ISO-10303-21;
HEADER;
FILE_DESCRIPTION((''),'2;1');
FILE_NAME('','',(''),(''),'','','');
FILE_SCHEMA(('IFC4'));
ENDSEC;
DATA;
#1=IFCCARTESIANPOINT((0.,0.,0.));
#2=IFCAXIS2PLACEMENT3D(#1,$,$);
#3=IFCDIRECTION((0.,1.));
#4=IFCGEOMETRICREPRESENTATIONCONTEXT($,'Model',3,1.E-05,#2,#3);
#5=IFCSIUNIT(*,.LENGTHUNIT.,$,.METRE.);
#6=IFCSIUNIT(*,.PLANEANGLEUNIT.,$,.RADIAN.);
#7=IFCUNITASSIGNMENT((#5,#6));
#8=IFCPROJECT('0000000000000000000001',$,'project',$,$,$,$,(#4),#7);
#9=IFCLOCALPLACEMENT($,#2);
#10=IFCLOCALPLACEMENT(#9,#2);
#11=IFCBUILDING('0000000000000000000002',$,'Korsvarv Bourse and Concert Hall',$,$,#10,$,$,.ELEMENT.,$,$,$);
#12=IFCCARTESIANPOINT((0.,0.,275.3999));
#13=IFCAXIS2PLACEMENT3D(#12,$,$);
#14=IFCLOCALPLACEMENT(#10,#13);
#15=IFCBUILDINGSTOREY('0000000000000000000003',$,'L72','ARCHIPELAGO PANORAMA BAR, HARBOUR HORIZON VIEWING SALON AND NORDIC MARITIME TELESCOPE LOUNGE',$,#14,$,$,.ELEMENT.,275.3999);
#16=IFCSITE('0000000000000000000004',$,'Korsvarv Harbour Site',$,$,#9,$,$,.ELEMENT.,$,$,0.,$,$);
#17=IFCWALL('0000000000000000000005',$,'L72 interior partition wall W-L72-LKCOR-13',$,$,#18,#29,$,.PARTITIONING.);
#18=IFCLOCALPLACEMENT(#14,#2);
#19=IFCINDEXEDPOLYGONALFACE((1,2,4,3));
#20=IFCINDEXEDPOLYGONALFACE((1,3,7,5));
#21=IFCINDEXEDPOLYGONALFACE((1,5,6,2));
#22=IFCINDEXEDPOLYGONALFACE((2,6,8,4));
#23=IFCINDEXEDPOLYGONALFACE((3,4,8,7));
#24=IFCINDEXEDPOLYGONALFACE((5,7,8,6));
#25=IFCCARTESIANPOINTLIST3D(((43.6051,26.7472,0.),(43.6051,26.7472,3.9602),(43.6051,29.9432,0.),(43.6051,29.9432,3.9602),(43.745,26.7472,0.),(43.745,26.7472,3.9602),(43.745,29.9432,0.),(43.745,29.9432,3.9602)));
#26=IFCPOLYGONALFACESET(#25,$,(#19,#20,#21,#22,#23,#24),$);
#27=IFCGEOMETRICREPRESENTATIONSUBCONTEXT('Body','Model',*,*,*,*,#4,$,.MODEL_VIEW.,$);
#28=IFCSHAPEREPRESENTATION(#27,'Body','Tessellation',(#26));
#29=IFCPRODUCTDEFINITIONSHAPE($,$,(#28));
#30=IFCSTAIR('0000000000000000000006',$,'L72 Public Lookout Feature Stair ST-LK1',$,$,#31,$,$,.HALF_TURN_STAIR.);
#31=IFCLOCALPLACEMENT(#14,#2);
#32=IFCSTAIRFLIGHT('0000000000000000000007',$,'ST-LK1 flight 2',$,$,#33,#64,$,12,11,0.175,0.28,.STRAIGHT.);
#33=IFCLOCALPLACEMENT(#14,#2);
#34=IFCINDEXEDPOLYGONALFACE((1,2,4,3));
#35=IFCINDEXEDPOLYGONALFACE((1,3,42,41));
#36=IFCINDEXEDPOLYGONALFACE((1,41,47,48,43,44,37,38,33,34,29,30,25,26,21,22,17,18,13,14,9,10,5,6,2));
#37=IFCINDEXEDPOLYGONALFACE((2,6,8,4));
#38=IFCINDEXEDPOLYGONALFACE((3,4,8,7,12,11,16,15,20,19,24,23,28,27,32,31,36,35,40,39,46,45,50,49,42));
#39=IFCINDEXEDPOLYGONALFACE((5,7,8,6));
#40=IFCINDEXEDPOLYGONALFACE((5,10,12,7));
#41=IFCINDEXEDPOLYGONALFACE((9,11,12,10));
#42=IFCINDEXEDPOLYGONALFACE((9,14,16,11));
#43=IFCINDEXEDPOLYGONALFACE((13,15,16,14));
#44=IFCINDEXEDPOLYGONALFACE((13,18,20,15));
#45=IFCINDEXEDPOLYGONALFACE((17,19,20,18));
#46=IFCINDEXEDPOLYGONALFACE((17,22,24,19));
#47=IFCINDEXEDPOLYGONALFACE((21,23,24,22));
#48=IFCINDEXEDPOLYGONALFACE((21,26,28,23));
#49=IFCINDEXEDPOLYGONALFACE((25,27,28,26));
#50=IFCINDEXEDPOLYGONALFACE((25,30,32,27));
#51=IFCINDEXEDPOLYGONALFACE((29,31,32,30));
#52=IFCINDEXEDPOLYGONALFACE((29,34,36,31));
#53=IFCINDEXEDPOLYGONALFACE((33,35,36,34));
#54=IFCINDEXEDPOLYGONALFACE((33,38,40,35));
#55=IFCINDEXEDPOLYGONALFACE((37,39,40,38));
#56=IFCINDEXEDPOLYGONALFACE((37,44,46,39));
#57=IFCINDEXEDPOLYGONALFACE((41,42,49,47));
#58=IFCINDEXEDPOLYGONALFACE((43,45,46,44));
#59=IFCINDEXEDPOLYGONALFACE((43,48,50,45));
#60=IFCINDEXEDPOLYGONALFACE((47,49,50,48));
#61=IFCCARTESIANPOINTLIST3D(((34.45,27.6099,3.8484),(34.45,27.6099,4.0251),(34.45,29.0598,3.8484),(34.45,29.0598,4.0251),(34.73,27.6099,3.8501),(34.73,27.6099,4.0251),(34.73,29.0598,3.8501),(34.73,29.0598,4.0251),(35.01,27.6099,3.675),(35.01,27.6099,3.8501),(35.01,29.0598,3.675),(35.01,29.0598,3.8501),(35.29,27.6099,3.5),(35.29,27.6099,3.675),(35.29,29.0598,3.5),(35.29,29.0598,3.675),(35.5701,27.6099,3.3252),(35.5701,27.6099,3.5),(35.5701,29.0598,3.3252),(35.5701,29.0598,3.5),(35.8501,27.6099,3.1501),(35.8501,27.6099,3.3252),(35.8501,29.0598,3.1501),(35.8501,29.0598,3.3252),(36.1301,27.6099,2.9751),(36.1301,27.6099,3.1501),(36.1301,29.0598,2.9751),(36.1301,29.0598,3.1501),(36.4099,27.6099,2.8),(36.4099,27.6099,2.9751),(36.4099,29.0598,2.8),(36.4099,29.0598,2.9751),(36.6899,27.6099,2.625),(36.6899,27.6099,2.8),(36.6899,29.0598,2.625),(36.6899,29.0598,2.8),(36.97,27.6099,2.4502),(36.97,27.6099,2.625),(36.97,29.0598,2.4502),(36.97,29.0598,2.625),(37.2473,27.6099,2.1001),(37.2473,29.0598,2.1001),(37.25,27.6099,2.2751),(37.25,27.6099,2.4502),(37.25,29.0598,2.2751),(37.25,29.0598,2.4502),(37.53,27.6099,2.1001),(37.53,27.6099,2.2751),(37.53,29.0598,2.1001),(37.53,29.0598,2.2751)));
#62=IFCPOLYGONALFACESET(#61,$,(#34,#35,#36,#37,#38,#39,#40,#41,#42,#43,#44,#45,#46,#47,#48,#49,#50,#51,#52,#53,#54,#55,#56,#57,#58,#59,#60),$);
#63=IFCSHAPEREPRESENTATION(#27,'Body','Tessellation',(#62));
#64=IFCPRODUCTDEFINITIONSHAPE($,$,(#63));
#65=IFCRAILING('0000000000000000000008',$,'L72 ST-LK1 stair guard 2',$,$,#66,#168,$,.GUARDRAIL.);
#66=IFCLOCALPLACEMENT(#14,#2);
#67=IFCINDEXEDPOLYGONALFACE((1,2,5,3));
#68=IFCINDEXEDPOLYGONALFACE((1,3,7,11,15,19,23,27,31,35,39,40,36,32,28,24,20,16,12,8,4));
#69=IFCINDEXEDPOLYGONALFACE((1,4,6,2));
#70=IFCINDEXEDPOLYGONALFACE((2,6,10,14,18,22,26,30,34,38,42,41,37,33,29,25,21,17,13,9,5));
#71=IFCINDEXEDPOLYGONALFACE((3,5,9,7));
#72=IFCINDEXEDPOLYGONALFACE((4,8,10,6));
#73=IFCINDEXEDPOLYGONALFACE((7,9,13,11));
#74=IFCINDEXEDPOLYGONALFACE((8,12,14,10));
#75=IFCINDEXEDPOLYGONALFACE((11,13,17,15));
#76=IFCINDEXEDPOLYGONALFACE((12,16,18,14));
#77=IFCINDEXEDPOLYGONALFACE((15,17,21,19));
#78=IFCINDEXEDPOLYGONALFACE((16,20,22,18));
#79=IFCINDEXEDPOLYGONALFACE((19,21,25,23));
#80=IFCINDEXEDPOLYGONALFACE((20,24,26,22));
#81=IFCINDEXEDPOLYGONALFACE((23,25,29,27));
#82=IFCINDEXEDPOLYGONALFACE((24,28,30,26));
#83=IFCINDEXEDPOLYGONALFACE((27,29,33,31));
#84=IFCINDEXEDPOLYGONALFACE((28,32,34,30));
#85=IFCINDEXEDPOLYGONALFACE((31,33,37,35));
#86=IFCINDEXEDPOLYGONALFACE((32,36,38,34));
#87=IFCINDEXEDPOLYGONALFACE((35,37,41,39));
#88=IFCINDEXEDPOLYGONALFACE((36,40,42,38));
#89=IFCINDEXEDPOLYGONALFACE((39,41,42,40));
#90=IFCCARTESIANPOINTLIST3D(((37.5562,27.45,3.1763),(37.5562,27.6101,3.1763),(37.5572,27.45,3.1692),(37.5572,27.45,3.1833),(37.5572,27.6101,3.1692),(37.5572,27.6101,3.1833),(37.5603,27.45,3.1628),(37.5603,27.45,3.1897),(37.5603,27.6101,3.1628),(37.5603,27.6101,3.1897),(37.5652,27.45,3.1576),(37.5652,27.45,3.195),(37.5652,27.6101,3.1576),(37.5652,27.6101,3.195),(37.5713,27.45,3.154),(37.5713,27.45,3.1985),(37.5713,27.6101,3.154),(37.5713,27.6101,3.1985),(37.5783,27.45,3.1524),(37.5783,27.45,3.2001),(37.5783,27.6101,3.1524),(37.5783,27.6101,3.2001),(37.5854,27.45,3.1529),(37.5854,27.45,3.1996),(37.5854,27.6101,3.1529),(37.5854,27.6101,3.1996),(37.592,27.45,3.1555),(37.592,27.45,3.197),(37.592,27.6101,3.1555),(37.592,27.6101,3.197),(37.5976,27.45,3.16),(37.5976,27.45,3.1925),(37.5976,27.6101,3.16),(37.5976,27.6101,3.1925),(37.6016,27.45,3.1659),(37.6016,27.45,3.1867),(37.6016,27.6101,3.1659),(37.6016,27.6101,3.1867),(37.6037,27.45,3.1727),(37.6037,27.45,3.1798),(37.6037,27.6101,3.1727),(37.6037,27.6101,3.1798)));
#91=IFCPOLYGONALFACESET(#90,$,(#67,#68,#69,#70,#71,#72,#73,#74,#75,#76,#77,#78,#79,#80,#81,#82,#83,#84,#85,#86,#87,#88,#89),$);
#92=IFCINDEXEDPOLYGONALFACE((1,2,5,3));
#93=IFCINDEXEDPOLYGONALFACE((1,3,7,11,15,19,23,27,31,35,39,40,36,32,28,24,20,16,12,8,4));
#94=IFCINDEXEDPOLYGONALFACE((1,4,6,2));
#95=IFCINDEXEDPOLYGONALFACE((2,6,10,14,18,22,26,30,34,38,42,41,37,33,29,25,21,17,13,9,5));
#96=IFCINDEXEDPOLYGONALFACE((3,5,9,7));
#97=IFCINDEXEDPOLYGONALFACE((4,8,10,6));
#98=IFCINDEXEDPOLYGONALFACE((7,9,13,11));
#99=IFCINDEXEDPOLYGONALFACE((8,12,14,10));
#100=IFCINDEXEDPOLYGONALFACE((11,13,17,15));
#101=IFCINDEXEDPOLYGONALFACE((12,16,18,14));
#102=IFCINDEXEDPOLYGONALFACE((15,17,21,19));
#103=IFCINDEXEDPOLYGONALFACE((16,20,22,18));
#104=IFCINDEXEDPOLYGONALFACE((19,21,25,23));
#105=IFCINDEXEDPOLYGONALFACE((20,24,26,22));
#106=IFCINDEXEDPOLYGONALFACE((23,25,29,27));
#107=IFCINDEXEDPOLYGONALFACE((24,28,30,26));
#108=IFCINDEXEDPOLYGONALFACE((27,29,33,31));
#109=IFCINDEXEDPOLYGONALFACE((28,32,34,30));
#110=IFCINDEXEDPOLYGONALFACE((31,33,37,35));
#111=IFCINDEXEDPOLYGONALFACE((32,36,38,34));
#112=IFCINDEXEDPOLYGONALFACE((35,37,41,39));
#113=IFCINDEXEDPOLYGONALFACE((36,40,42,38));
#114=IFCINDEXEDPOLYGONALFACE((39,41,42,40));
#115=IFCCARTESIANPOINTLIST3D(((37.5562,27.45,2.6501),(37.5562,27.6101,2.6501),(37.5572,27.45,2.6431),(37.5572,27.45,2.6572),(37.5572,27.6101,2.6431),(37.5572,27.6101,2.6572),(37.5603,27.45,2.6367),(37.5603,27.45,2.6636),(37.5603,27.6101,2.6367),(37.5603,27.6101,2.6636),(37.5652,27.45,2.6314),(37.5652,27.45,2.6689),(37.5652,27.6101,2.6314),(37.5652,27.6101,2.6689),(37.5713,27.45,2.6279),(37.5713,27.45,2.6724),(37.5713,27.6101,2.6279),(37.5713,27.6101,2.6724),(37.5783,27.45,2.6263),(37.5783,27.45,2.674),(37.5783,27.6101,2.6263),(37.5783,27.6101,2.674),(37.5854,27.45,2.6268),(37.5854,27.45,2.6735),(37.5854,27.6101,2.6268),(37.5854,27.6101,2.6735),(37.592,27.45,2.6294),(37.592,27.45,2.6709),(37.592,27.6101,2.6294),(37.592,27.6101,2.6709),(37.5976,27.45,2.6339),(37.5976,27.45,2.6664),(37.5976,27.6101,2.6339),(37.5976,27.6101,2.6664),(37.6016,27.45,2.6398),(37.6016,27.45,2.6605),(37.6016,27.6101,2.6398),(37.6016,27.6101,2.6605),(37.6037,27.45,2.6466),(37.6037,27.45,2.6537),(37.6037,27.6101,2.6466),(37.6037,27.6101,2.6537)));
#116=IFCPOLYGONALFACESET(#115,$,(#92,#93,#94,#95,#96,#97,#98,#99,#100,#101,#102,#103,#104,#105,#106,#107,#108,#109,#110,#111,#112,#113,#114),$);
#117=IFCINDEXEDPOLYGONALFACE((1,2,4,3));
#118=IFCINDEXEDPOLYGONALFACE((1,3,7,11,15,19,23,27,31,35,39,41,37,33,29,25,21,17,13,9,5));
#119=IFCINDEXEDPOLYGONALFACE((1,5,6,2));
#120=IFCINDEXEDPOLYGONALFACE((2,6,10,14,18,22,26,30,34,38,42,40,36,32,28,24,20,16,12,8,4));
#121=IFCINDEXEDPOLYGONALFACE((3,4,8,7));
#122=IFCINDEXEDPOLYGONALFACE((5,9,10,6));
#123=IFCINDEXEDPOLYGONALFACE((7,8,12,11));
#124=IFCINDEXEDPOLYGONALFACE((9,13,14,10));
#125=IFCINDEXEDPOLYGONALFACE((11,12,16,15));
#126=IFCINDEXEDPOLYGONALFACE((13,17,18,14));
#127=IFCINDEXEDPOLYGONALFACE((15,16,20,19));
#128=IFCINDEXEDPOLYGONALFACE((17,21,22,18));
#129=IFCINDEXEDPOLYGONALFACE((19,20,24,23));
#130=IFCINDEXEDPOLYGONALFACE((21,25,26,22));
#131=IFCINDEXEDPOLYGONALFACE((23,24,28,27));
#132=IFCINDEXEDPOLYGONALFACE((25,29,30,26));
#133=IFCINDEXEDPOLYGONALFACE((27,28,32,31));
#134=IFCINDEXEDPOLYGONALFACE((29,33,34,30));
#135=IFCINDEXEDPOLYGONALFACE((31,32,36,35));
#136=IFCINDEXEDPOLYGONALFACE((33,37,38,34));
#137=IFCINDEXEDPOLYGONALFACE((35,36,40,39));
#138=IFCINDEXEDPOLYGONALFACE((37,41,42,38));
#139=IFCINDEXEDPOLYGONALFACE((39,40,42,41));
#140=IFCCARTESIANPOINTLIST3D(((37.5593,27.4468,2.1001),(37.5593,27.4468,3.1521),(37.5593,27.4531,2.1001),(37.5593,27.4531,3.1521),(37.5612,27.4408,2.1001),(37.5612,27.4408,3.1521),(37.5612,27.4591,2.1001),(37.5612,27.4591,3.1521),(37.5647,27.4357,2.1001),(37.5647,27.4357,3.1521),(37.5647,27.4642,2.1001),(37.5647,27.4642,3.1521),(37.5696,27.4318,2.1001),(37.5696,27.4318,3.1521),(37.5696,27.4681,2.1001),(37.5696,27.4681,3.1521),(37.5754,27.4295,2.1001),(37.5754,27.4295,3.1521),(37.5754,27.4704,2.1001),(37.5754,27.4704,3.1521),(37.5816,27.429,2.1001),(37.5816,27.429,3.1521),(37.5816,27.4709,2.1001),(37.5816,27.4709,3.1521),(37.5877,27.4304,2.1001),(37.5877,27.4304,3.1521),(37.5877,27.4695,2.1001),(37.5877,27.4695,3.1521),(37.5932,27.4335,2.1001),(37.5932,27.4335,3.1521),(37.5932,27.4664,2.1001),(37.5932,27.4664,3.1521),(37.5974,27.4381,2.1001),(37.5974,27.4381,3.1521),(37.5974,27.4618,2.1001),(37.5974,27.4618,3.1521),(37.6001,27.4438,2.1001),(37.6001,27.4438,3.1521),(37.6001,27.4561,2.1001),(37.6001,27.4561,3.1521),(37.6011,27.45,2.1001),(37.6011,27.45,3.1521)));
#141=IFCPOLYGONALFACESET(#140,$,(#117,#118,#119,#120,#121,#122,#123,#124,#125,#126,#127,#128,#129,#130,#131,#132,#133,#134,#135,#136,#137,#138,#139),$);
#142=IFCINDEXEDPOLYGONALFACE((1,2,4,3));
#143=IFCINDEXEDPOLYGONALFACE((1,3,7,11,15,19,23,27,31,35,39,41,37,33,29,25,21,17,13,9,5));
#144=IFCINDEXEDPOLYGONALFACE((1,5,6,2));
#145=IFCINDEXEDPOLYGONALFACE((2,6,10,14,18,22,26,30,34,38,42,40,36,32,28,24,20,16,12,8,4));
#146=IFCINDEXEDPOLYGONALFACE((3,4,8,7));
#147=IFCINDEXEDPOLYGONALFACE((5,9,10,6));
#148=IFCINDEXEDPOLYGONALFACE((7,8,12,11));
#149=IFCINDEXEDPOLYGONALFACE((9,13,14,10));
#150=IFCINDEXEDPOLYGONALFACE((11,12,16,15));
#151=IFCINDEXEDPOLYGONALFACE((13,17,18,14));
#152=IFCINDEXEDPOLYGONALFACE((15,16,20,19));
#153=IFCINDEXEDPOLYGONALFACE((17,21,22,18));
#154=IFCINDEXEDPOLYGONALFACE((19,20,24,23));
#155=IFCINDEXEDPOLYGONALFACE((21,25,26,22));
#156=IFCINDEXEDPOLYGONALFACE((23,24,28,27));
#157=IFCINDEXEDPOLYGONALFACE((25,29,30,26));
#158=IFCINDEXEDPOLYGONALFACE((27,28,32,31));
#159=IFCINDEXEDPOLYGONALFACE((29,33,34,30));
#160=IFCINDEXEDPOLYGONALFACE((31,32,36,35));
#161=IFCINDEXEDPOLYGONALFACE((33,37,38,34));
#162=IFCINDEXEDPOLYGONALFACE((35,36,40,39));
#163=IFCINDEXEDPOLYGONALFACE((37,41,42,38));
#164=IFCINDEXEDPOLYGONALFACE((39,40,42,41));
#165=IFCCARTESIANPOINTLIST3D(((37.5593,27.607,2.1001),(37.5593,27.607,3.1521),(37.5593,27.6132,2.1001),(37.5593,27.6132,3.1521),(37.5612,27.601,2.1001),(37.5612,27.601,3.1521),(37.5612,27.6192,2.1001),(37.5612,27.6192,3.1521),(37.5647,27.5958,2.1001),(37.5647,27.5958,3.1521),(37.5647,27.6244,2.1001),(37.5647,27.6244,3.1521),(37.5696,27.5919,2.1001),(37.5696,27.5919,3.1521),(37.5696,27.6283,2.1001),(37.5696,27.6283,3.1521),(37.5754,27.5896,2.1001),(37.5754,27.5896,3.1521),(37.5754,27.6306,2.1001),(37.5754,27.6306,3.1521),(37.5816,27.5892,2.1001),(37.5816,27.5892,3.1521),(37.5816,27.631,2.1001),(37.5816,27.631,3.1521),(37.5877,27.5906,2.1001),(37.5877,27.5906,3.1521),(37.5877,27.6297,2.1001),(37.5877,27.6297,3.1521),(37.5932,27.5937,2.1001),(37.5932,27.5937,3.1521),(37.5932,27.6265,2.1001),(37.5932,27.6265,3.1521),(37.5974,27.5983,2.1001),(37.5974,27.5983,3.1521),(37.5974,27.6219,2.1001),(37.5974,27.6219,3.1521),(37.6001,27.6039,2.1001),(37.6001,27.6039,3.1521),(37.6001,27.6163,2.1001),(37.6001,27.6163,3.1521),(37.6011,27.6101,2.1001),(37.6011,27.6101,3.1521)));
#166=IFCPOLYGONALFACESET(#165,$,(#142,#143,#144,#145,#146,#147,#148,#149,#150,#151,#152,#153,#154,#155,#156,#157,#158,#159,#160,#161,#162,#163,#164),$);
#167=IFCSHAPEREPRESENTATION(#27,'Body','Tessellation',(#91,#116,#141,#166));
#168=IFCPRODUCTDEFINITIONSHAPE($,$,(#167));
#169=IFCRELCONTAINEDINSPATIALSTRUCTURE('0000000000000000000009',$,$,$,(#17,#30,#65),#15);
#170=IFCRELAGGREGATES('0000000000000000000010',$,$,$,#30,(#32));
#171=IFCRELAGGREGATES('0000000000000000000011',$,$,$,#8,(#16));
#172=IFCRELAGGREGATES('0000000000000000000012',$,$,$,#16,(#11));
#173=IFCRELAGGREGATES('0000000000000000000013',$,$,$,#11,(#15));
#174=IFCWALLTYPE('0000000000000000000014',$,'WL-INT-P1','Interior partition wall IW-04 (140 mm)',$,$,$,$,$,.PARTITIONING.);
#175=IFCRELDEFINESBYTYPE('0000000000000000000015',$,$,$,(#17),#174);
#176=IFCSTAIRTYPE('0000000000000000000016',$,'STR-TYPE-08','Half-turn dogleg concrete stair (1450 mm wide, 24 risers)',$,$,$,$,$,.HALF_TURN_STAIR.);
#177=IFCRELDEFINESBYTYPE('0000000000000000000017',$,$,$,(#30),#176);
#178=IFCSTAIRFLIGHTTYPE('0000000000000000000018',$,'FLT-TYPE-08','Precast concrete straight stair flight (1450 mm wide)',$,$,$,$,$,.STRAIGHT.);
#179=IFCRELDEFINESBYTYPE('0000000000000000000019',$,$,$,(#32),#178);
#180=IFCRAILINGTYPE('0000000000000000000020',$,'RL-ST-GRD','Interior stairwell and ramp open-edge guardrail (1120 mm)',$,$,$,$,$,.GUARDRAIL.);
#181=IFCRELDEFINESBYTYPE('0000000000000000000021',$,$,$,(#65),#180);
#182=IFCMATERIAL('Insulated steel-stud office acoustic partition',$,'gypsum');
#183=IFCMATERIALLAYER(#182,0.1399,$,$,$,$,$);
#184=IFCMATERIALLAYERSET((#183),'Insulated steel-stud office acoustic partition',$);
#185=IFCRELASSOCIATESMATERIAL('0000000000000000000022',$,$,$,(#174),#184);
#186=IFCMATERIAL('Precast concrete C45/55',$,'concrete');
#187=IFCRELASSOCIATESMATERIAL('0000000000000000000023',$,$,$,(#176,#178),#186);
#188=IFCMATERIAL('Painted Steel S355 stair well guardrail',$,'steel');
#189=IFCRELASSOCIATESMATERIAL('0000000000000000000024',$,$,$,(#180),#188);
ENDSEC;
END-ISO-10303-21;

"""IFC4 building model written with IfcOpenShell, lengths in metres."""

from ifc_helpers import new_model, si_unit, direction, frame, frame_2d, origin, origin_2d, place, context, subcontext, project, spatial, polyline, rectangle, circle, outline, extrude, material, layer, layer_set, type_object, element, aggregate, save


model = new_model("IFC4")

# Units and contexts
model_context = context("Model", 3, precision=1e-05, world=origin(), true_north=direction((0.0, 1.0)))
body_context = subcontext(model_context, "Body", "Model", "MODEL_VIEW")
ifc_project = project(units=[si_unit("LENGTHUNIT", "METRE"), si_unit("PLANEANGLEUNIT", "RADIAN")], contexts=[model_context])

# Site, building, storey
site_placement = place(None, origin())
site = spatial("IfcSite", under=ifc_project, at=site_placement, Name="Korsvarv Harbour Site", CompositionType="ELEMENT", RefElevation=0.0)
building_placement = place(site_placement, origin())
building = spatial("IfcBuilding", under=site, at=building_placement, Name="Korsvarv Bourse and Concert Hall", CompositionType="ELEMENT")
storey_placement = place(building_placement, frame((0.0, 0.0, 275.3999)))
storey = spatial("IfcBuildingStorey", under=building, at=storey_placement, Name="L72", Description="ARCHIPELAGO PANORAMA BAR, HARBOUR HORIZON VIEWING SALON AND NORDIC MARITIME TELESCOPE LOUNGE", CompositionType="ELEMENT", Elevation=275.3999)

# Wall
ifc_material_1 = material(Name="Insulated steel-stud office acoustic partition", Category="gypsum")
ifc_layer_1 = layer(ifc_material_1, 0.1399)
ifc_layer_set_1 = layer_set([ifc_layer_1], Name="Insulated steel-stud office acoustic partition")
wall_type_1 = type_object("IfcWallType", Name="WL-INT-P1", Description="Interior partition wall IW-04 (140 mm)", PredefinedType="PARTITIONING", material=ifc_layer_set_1)
wall_1_placement = place(storey_placement, frame((43.675, 26.7471, 0.0), z_axis=(0.0, 0.0, 1.0), x_axis=(0.0, 1.0, 0.0)))
element("IfcWall", 1, at=wall_1_placement, inside=storey, type_object=wall_type_1, Name="L72 interior partition wall W-L72-LKCOR-13", PredefinedType="PARTITIONING", context=body_context, shape_type="SweptSolid", body=[
    extrude(rectangle(XDim=3.196, YDim=0.1399, at=frame_2d((1.5981, 0.0))), origin(), (0.0, 0.0, 1.0), 3.9602),
])

# Stair, stair flight
ifc_material_2 = material(Name="Precast concrete C45/55", Category="concrete")
stair_type = type_object("IfcStairType", Name="STR-TYPE-08", Description="Half-turn dogleg concrete stair (1450 mm wide, 24 risers)", PredefinedType="HALF_TURN_STAIR", material=ifc_material_2)
stair_placement = place(storey_placement, origin())
stair = element("IfcStair", 2, at=stair_placement, inside=storey, type_object=stair_type, Name="L72 Public Lookout Feature Stair ST-LK1", PredefinedType="HALF_TURN_STAIR")
stair_flight_type = type_object("IfcStairFlightType", Name="FLT-TYPE-08", Description="Precast concrete straight stair flight (1450 mm wide)", PredefinedType="STRAIGHT", material=ifc_material_2)
stair_flight_placement = place(storey_placement, frame((37.53, 28.335, 2.1001), z_axis=(0.0, 0.0, 1.0), x_axis=(-1.0, 0.0, 0.0)))
stair_flight = element("IfcStairFlight", 3, at=stair_flight_placement, type_object=stair_flight_type, Name="ST-LK1 flight 2", NumberOfRisers=12, NumberOfTreads=11, PredefinedType="STRAIGHT", RiserHeight=0.175, TreadLength=0.28, context=body_context, shape_type="SweptSolid", body=[
    extrude(outline(polyline([(0.0, 0.0), (0.0, 0.175), (0.28, 0.175), (0.28, 0.3501), (0.5601, 0.3501), (0.5601, 0.5249), (0.8401, 0.5249), (0.8401, 0.7), (1.1201, 0.7), (1.1201, 0.875), (1.3999, 0.875), (1.3999, 1.05), (1.6799, 1.05), (1.6799, 1.2251), (1.96, 1.2251), (1.96, 1.3999), (2.24, 1.3999), (2.24, 1.575), (2.52, 1.575), (2.52, 1.75), (2.8, 1.75), (2.8, 1.925), (3.0801, 1.925), (3.0801, 2.1001), (3.0801, 1.7483), (0.2827, 0.0), (0.0, 0.0)])), frame((0.0, 0.7251, 0.0), z_axis=(0.0, -1.0, 0.0), x_axis=(1.0, 0.0, 0.0)), (0.0, 0.0, 1.0), 1.45),
])
aggregate(stair, [stair_flight])

# Railing
ifc_material_3 = material(Name="Painted Steel S355 stair well guardrail", Category="steel")
railing_type_1 = type_object("IfcRailingType", Name="RL-ST-GRD", Description="Interior stairwell and ramp open-edge guardrail (1120 mm)", PredefinedType="GUARDRAIL", material=ifc_material_3)
railing_1_placement = place(storey_placement, frame((37.5801, 27.45, 2.1001)))
element("IfcRailing", 4, at=railing_1_placement, inside=storey, type_object=railing_type_1, Name="L72 ST-LK1 stair guard 2", PredefinedType="GUARDRAIL", context=body_context, shape_type="SweptSolid", body=[
    extrude(circle(Radius=0.0239, at=origin_2d()), frame((0.0, 0.0, 1.0762), z_axis=(0.0, 1.0, 0.0), x_axis=(-1.0, 0.0, 0.0)), (0.0, 0.0, 1.0), 0.1602),
    extrude(circle(Radius=0.0239, at=origin_2d()), frame((0.0, 0.0, 0.55), z_axis=(0.0, 1.0, 0.0), x_axis=(-1.0, 0.0, 0.0)), (0.0, 0.0, 1.0), 0.1602),
    extrude(circle(Radius=0.021, at=origin_2d()), origin(), (0.0, 0.0, 1.0), 1.052),
    extrude(circle(Radius=0.021, at=origin_2d()), frame((0.0, 0.1602, 0.0)), (0.0, 0.0, 1.0), 1.052),
])

save(model, "model.ifc")
